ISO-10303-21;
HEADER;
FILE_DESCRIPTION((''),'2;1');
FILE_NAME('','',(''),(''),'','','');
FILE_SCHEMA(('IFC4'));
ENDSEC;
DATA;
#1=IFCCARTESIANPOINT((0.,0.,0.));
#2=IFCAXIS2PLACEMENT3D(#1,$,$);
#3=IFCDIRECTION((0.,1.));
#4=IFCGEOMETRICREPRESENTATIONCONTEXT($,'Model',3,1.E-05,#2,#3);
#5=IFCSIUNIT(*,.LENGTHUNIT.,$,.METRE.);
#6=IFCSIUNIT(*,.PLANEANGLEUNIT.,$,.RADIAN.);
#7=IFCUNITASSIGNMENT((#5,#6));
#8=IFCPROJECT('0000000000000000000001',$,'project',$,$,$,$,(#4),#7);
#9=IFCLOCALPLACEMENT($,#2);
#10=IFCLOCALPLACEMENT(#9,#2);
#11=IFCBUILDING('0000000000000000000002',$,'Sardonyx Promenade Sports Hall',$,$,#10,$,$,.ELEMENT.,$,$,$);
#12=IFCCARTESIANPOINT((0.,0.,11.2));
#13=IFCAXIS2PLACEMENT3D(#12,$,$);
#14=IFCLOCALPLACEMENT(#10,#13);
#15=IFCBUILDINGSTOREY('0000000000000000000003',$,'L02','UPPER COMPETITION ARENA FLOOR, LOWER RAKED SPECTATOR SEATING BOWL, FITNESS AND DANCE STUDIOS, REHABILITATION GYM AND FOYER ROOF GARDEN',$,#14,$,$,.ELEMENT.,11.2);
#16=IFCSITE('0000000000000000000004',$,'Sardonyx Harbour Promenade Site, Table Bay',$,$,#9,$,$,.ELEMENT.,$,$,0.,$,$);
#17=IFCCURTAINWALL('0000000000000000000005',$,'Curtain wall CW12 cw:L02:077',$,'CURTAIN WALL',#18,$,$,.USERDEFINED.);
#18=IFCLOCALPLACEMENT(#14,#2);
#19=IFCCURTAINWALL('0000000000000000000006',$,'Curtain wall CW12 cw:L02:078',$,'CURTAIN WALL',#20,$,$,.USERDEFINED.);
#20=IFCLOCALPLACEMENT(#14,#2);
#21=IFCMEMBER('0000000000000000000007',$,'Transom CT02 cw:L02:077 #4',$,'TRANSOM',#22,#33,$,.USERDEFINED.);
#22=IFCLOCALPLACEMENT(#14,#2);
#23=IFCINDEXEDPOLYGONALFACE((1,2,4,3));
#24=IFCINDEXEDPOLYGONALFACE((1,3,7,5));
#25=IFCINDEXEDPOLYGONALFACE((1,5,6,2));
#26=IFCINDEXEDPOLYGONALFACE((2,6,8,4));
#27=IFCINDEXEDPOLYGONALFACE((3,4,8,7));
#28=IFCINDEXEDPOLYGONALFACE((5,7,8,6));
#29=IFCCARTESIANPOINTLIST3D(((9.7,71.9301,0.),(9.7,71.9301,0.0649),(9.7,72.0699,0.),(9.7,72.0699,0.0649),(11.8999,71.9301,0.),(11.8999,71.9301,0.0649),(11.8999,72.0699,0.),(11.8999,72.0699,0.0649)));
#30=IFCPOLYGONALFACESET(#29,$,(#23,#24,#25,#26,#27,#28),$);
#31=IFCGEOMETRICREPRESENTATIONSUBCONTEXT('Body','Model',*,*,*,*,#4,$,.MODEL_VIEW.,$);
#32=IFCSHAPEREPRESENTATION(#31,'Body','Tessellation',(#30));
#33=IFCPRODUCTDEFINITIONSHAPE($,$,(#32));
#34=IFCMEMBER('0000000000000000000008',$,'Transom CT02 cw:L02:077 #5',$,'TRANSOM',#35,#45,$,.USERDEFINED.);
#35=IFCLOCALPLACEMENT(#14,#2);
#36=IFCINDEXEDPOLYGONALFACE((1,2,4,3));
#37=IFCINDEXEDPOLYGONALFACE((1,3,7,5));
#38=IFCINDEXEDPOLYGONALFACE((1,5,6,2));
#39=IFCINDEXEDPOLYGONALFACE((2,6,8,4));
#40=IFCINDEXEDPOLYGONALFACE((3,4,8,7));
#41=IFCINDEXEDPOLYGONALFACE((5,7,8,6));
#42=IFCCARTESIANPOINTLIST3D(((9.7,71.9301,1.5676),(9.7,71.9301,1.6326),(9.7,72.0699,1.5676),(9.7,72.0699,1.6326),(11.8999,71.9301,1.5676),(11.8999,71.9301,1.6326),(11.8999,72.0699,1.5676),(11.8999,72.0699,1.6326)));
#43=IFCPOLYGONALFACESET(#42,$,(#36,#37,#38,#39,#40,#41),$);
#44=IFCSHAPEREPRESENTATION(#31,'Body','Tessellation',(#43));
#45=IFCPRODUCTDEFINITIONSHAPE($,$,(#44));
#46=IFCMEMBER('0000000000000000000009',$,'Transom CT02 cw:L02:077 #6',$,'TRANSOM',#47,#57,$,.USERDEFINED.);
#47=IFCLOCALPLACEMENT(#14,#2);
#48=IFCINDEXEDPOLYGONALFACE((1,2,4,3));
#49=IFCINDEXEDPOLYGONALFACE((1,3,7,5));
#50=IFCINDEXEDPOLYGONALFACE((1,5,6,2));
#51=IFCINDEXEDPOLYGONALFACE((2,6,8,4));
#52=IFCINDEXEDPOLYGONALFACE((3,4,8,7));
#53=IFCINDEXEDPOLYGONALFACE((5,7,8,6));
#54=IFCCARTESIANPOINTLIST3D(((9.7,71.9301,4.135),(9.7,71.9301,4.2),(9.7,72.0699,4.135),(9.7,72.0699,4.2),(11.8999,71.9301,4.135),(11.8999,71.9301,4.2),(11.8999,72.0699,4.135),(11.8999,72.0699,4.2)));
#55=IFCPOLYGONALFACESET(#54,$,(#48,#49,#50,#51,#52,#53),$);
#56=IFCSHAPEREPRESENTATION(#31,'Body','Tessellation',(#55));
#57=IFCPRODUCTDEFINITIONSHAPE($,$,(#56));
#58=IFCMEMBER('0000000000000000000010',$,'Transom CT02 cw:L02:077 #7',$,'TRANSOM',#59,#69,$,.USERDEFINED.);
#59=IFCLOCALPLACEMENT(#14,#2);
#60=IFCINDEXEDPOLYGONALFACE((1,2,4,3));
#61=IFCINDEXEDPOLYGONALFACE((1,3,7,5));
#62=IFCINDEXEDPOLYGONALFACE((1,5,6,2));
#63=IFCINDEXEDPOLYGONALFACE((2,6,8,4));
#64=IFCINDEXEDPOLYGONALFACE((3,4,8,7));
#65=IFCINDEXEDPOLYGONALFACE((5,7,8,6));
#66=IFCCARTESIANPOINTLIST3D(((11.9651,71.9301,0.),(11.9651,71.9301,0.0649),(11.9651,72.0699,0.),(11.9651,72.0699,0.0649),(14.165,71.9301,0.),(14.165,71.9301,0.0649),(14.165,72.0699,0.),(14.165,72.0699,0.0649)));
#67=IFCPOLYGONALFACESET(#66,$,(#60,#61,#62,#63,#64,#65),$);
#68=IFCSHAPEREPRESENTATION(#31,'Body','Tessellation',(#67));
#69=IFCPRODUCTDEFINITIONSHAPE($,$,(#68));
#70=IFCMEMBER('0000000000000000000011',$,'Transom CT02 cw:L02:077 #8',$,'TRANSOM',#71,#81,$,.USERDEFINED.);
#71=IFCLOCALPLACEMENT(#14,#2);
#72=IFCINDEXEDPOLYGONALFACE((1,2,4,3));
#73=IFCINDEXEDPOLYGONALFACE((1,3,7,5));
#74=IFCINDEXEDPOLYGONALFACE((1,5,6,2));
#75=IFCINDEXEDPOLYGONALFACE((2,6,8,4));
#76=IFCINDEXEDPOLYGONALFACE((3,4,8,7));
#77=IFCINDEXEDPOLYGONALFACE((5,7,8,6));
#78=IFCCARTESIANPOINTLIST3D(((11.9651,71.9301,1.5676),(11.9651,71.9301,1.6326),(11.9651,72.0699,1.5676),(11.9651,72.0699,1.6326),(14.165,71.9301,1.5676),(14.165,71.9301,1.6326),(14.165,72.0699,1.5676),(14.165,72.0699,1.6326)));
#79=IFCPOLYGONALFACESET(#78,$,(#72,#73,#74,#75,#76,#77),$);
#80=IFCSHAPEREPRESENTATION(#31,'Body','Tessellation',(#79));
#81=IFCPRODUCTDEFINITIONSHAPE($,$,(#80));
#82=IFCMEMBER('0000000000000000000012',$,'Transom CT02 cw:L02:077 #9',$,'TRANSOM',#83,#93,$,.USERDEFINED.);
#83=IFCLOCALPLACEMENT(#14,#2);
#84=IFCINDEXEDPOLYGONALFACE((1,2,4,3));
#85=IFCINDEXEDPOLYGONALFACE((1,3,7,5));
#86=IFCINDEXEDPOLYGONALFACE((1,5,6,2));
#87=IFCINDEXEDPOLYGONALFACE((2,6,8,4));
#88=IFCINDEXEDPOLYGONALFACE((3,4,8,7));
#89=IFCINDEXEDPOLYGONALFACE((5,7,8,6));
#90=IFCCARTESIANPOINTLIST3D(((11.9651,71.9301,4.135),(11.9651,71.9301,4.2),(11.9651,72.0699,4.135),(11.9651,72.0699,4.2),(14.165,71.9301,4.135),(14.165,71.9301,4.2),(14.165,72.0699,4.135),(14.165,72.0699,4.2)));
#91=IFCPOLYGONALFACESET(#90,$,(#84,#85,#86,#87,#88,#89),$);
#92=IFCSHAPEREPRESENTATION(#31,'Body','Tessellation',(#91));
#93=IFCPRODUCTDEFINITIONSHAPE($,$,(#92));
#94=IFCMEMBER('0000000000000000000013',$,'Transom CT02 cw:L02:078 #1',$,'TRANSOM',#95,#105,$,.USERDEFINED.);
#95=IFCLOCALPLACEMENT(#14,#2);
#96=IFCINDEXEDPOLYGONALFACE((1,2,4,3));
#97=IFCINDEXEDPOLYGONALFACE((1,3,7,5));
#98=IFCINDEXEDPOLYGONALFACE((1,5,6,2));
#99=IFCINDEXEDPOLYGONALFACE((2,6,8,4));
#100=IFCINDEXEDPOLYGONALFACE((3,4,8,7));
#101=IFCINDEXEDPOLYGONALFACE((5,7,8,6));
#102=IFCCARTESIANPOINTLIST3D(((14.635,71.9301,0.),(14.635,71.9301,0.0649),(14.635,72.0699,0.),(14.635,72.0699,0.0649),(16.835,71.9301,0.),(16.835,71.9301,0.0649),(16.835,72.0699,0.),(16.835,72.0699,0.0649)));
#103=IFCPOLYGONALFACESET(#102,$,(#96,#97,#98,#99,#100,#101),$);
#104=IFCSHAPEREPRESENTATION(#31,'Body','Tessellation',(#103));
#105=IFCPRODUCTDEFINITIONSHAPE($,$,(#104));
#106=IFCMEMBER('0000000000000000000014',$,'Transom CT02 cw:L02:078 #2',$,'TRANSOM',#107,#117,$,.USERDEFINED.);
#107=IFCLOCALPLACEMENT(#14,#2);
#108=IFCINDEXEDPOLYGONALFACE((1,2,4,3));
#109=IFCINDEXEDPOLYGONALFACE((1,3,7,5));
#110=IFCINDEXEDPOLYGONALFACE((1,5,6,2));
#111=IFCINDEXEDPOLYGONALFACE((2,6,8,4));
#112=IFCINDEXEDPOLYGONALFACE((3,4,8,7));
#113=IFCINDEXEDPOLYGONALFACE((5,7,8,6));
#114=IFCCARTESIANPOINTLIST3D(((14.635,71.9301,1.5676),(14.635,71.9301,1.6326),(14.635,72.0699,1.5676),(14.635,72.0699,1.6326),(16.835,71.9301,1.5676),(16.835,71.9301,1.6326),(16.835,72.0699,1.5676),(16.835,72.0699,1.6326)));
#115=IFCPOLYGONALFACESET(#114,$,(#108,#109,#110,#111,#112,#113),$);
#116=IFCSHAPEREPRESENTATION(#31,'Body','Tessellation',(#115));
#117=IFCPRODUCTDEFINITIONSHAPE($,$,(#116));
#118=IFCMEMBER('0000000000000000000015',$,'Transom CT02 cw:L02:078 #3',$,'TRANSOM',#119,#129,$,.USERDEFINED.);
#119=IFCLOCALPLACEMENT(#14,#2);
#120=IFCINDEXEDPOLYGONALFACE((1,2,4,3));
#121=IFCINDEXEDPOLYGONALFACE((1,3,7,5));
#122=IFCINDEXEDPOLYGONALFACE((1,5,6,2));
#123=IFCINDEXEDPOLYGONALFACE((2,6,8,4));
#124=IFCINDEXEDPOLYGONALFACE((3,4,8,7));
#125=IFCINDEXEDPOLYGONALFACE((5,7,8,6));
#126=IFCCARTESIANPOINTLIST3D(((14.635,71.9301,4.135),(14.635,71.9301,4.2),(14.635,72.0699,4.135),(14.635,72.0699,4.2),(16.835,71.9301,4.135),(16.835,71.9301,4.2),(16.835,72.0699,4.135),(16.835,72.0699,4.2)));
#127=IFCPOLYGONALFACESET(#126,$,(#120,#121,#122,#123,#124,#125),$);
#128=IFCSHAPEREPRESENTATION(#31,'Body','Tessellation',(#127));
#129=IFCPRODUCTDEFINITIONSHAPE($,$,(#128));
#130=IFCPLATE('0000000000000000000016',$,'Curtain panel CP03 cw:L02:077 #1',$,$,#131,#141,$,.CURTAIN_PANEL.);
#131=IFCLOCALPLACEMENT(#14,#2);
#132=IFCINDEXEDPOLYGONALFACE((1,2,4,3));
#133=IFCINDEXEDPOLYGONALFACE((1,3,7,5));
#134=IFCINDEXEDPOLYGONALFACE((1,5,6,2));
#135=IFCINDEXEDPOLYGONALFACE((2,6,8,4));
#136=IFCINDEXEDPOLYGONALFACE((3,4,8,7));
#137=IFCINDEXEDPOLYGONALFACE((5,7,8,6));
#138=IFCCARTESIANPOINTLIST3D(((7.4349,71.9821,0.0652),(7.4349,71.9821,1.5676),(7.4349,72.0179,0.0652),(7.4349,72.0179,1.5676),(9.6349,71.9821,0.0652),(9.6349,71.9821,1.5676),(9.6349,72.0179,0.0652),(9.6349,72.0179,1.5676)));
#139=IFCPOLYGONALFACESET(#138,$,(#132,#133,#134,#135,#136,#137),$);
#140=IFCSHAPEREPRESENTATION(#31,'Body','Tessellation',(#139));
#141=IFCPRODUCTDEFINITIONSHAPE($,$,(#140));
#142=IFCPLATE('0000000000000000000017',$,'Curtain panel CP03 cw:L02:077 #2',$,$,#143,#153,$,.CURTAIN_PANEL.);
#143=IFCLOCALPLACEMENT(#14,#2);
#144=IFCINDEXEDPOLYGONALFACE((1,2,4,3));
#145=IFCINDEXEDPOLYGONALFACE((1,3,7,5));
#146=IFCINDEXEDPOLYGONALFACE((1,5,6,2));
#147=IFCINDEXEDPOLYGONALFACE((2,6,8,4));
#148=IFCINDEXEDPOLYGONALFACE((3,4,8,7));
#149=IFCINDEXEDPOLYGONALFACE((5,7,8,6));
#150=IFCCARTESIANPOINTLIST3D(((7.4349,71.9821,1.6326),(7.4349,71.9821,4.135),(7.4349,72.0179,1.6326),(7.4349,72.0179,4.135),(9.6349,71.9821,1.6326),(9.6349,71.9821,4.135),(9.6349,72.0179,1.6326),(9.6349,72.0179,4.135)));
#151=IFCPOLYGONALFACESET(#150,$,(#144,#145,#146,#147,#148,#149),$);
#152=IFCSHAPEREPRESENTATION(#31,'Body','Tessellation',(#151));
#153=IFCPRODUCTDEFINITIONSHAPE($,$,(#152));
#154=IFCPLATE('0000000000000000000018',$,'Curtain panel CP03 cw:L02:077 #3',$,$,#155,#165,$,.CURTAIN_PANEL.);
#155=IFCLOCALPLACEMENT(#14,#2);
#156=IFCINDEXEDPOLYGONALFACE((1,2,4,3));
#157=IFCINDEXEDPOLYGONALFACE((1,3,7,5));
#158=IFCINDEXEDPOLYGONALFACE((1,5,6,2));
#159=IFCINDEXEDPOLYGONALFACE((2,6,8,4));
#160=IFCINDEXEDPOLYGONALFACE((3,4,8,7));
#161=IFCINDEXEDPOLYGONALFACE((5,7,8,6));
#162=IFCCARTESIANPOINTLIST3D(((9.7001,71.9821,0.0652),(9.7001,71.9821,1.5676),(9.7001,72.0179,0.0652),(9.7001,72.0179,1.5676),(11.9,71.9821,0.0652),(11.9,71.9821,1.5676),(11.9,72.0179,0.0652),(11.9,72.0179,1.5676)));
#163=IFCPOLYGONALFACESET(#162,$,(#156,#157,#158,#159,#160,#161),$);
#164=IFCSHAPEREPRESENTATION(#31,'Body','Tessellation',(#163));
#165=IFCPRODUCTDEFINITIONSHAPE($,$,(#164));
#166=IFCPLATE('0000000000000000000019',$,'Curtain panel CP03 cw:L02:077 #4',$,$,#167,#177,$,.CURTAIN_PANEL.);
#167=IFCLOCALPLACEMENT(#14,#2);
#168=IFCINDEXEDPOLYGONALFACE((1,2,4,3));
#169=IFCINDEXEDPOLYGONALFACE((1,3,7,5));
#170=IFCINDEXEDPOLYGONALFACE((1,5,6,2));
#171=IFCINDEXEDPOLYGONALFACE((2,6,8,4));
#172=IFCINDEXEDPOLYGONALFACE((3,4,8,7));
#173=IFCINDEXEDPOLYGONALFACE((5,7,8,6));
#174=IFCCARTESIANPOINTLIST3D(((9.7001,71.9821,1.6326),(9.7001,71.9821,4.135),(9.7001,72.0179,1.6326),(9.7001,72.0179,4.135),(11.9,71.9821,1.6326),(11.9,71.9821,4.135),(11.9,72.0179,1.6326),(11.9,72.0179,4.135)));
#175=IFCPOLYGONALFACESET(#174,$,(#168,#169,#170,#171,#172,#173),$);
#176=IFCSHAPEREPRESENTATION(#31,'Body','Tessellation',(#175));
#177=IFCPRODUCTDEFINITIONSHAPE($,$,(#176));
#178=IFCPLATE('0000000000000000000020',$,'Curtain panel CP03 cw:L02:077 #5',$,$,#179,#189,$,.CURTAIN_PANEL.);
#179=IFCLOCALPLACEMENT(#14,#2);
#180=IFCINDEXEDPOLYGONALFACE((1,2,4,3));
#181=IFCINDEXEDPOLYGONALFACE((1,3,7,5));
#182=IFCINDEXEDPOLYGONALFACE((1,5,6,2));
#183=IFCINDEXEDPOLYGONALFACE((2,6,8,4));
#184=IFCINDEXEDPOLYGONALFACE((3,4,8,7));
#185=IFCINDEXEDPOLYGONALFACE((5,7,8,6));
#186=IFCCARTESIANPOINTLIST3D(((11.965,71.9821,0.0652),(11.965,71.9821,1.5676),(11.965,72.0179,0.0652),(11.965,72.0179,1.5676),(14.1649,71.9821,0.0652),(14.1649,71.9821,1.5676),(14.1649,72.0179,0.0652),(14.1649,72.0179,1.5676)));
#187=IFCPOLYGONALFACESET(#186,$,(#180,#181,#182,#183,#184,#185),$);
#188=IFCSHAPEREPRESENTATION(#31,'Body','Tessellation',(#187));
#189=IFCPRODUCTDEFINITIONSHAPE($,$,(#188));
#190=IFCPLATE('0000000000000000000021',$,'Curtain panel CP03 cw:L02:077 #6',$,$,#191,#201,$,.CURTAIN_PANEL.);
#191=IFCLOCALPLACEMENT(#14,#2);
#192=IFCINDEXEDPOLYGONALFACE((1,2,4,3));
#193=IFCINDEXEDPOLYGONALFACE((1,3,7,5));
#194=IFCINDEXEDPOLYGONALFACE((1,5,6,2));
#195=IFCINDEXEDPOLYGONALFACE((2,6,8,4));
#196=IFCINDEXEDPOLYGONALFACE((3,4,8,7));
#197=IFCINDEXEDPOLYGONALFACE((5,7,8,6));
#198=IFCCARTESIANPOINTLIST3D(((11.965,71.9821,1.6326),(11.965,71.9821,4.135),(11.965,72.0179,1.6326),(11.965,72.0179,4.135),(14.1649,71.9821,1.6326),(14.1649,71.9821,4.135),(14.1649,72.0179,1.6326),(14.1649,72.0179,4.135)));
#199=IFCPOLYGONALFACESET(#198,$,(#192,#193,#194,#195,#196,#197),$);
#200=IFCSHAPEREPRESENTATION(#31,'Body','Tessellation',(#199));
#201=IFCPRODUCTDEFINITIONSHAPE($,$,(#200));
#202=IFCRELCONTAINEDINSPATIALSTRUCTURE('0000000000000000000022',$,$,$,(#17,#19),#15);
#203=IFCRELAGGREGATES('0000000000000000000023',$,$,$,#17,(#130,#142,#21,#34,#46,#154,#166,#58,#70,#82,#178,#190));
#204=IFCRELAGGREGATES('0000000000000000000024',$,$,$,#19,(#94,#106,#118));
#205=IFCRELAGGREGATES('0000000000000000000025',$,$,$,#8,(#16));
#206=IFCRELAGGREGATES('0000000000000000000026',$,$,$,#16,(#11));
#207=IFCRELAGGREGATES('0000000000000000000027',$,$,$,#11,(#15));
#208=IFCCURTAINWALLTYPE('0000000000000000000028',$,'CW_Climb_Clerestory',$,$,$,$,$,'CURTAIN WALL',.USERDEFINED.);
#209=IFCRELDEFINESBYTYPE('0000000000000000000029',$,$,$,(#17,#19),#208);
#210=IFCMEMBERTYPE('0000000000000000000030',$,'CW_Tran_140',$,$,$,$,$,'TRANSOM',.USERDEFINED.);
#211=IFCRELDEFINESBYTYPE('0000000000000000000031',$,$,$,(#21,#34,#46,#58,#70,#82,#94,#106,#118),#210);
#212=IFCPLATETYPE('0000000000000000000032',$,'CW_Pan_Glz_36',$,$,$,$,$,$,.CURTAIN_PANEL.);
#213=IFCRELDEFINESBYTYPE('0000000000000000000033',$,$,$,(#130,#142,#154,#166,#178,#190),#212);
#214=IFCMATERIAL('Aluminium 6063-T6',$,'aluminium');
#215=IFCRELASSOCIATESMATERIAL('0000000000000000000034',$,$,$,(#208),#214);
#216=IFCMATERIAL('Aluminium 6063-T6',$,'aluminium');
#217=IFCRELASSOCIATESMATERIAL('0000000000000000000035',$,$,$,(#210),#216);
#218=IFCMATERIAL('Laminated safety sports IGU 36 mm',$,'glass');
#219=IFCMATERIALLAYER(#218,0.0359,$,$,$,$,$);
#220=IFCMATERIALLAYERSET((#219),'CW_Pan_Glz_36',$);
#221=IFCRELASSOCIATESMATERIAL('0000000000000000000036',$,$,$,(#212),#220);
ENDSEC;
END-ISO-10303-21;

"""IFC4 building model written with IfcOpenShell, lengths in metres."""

from ifc_helpers import new_model, si_unit, direction, frame, origin, origin_2d, place, context, subcontext, project, spatial, rectangle, extrude, material, layer, layer_set, material_profile, profile_set, type_object, element, aggregate, save


model = new_model("IFC4")

# Units and contexts
model_context = context("Model", 3, precision=1e-05, world=origin(), true_north=direction((0.0, 1.0)))
body_context = subcontext(model_context, "Body", "Model", "MODEL_VIEW")
ifc_project = project(units=[si_unit("LENGTHUNIT", "METRE"), si_unit("PLANEANGLEUNIT", "RADIAN")], contexts=[model_context])

# Site, building, storey
site_placement = place(None, origin())
site = spatial("IfcSite", under=ifc_project, at=site_placement, Name="Sardonyx Harbour Promenade Site, Table Bay", CompositionType="ELEMENT", RefElevation=0.0)
building_placement = place(site_placement, origin())
building = spatial("IfcBuilding", under=site, at=building_placement, Name="Sardonyx Promenade Sports Hall", CompositionType="ELEMENT")
storey_placement = place(building_placement, frame((0.0, 0.0, 11.2)))
storey = spatial("IfcBuildingStorey", under=building, at=storey_placement, Name="L02", Description="UPPER COMPETITION ARENA FLOOR, LOWER RAKED SPECTATOR SEATING BOWL, FITNESS AND DANCE STUDIOS, REHABILITATION GYM AND FOYER ROOF GARDEN", CompositionType="ELEMENT", Elevation=11.2)

# Curtain walls
ifc_material_1 = material(Name="Aluminium 6063-T6", Category="aluminium")
curtain_wall_type = type_object("IfcCurtainWallType", Name="CW_Climb_Clerestory", ElementType="CURTAIN WALL", PredefinedType="USERDEFINED", material=ifc_material_1)
curtain_wall_1_placement = place(storey_placement, origin())
curtain_wall_1 = element("IfcCurtainWall", 1, at=curtain_wall_1_placement, inside=storey, type_object=curtain_wall_type, Name="Curtain wall CW12 cw:L02:077", ObjectType="CURTAIN WALL", PredefinedType="USERDEFINED")
curtain_wall_2_placement = place(storey_placement, origin())
curtain_wall_2 = element("IfcCurtainWall", 2, at=curtain_wall_2_placement, inside=storey, type_object=curtain_wall_type, Name="Curtain wall CW12 cw:L02:078", ObjectType="CURTAIN WALL", PredefinedType="USERDEFINED")

# Members
ifc_material_2 = material(Name="Aluminium 6063-T6", Category="aluminium")
ifc_material_profile_1 = material_profile(ifc_material_2, rectangle(XDim=0.0649, YDim=0.1399, at=origin_2d()))
ifc_profile_set_1 = profile_set([ifc_material_profile_1], Name="Aluminium 6063-T6")
member_type_1 = type_object("IfcMemberType", Name="CW_Tran_140", ElementType="TRANSOM", PredefinedType="USERDEFINED", material=ifc_profile_set_1)
member_1_placement = place(storey_placement, frame((9.7, 72.0, 0.0325), z_axis=(1.0, 0.0, 0.0), x_axis=(0.0, 0.0, 1.0)))
member_1 = element("IfcMember", 3, at=member_1_placement, type_object=member_type_1, Name="Transom CT02 cw:L02:077 #4", ObjectType="TRANSOM", PredefinedType="USERDEFINED", context=body_context, shape_type="SweptSolid", body=[
    extrude(rectangle(XDim=0.0649, YDim=0.1399, at=origin_2d()), origin(), (0.0, 0.0, 1.0), 2.2),
])
member_2_placement = place(storey_placement, frame((9.7, 72.0, 1.6001), z_axis=(1.0, 0.0, 0.0), x_axis=(0.0, 0.0, 1.0)))
member_2 = element("IfcMember", 4, at=member_2_placement, type_object=member_type_1, Name="Transom CT02 cw:L02:077 #5", ObjectType="TRANSOM", PredefinedType="USERDEFINED", context=body_context, shape_type="SweptSolid", body=[
    extrude(rectangle(XDim=0.0649, YDim=0.1399, at=origin_2d()), origin(), (0.0, 0.0, 1.0), 2.2),
])
member_3_placement = place(storey_placement, frame((9.7, 72.0, 4.1675), z_axis=(1.0, 0.0, 0.0), x_axis=(0.0, 0.0, 1.0)))
member_3 = element("IfcMember", 5, at=member_3_placement, type_object=member_type_1, Name="Transom CT02 cw:L02:077 #6", ObjectType="TRANSOM", PredefinedType="USERDEFINED", context=body_context, shape_type="SweptSolid", body=[
    extrude(rectangle(XDim=0.0649, YDim=0.1399, at=origin_2d()), origin(), (0.0, 0.0, 1.0), 2.2),
])
member_4_placement = place(storey_placement, frame((11.9651, 72.0, 0.0325), z_axis=(1.0, 0.0, 0.0), x_axis=(0.0, 0.0, 1.0)))
member_4 = element("IfcMember", 6, at=member_4_placement, type_object=member_type_1, Name="Transom CT02 cw:L02:077 #7", ObjectType="TRANSOM", PredefinedType="USERDEFINED", context=body_context, shape_type="SweptSolid", body=[
    extrude(rectangle(XDim=0.0649, YDim=0.1399, at=origin_2d()), origin(), (0.0, 0.0, 1.0), 2.2),
])
member_5_placement = place(storey_placement, frame((11.9651, 72.0, 1.6001), z_axis=(1.0, 0.0, 0.0), x_axis=(0.0, 0.0, 1.0)))
member_5 = element("IfcMember", 7, at=member_5_placement, type_object=member_type_1, Name="Transom CT02 cw:L02:077 #8", ObjectType="TRANSOM", PredefinedType="USERDEFINED", context=body_context, shape_type="SweptSolid", body=[
    extrude(rectangle(XDim=0.0649, YDim=0.1399, at=origin_2d()), origin(), (0.0, 0.0, 1.0), 2.2),
])
member_6_placement = place(storey_placement, frame((11.9651, 72.0, 4.1675), z_axis=(1.0, 0.0, 0.0), x_axis=(0.0, 0.0, 1.0)))
member_6 = element("IfcMember", 8, at=member_6_placement, type_object=member_type_1, Name="Transom CT02 cw:L02:077 #9", ObjectType="TRANSOM", PredefinedType="USERDEFINED", context=body_context, shape_type="SweptSolid", body=[
    extrude(rectangle(XDim=0.0649, YDim=0.1399, at=origin_2d()), origin(), (0.0, 0.0, 1.0), 2.2),
])
member_7_placement = place(storey_placement, frame((14.635, 72.0, 0.0325), z_axis=(1.0, 0.0, 0.0), x_axis=(0.0, 0.0, 1.0)))
member_7 = element("IfcMember", 9, at=member_7_placement, type_object=member_type_1, Name="Transom CT02 cw:L02:078 #1", ObjectType="TRANSOM", PredefinedType="USERDEFINED", context=body_context, shape_type="SweptSolid", body=[
    extrude(rectangle(XDim=0.0649, YDim=0.1399, at=origin_2d()), origin(), (0.0, 0.0, 1.0), 2.2),
])
member_8_placement = place(storey_placement, frame((14.635, 72.0, 1.6001), z_axis=(1.0, 0.0, 0.0), x_axis=(0.0, 0.0, 1.0)))
member_8 = element("IfcMember", 10, at=member_8_placement, type_object=member_type_1, Name="Transom CT02 cw:L02:078 #2", ObjectType="TRANSOM", PredefinedType="USERDEFINED", context=body_context, shape_type="SweptSolid", body=[
    extrude(rectangle(XDim=0.0649, YDim=0.1399, at=origin_2d()), origin(), (0.0, 0.0, 1.0), 2.2),
])
member_9_placement = place(storey_placement, frame((14.635, 72.0, 4.1675), z_axis=(1.0, 0.0, 0.0), x_axis=(0.0, 0.0, 1.0)))
member_9 = element("IfcMember", 11, at=member_9_placement, type_object=member_type_1, Name="Transom CT02 cw:L02:078 #3", ObjectType="TRANSOM", PredefinedType="USERDEFINED", context=body_context, shape_type="SweptSolid", body=[
    extrude(rectangle(XDim=0.0649, YDim=0.1399, at=origin_2d()), origin(), (0.0, 0.0, 1.0), 2.2),
])

# Plates
ifc_material_3 = material(Name="Laminated safety sports IGU 36 mm", Category="glass")
ifc_layer = layer(ifc_material_3, 0.0359)
ifc_layer_set = layer_set([ifc_layer], Name="CW_Pan_Glz_36")
plate_type = type_object("IfcPlateType", Name="CW_Pan_Glz_36", PredefinedType="CURTAIN_PANEL", material=ifc_layer_set)
plate_1_placement = place(storey_placement, frame((8.5349, 72.0, 0.0652), z_axis=(0.0, 0.0, 1.0), x_axis=(1.0, 0.0, 0.0)))
plate_1 = element("IfcPlate", 12, at=plate_1_placement, type_object=plate_type, Name="Curtain panel CP03 cw:L02:077 #1", PredefinedType="CURTAIN_PANEL", context=body_context, shape_type="SweptSolid", body=[
    extrude(rectangle(XDim=2.2, YDim=0.0359, at=origin_2d()), origin(), (0.0, 0.0, 1.0), 1.5024),
])
plate_2_placement = place(storey_placement, frame((8.5349, 72.0, 1.6326), z_axis=(0.0, 0.0, 1.0), x_axis=(1.0, 0.0, 0.0)))
plate_2 = element("IfcPlate", 13, at=plate_2_placement, type_object=plate_type, Name="Curtain panel CP03 cw:L02:077 #2", PredefinedType="CURTAIN_PANEL", context=body_context, shape_type="SweptSolid", body=[
    extrude(rectangle(XDim=2.2, YDim=0.0359, at=origin_2d()), origin(), (0.0, 0.0, 1.0), 2.5024),
])
plate_3_placement = place(storey_placement, frame((10.8, 72.0, 0.0652), z_axis=(0.0, 0.0, 1.0), x_axis=(1.0, 0.0, 0.0)))
plate_3 = element("IfcPlate", 14, at=plate_3_placement, type_object=plate_type, Name="Curtain panel CP03 cw:L02:077 #3", PredefinedType="CURTAIN_PANEL", context=body_context, shape_type="SweptSolid", body=[
    extrude(rectangle(XDim=2.2, YDim=0.0359, at=origin_2d()), origin(), (0.0, 0.0, 1.0), 1.5024),
])
plate_4_placement = place(storey_placement, frame((10.8, 72.0, 1.6326), z_axis=(0.0, 0.0, 1.0), x_axis=(1.0, 0.0, 0.0)))
plate_4 = element("IfcPlate", 15, at=plate_4_placement, type_object=plate_type, Name="Curtain panel CP03 cw:L02:077 #4", PredefinedType="CURTAIN_PANEL", context=body_context, shape_type="SweptSolid", body=[
    extrude(rectangle(XDim=2.2, YDim=0.0359, at=origin_2d()), origin(), (0.0, 0.0, 1.0), 2.5024),
])
plate_5_placement = place(storey_placement, frame((13.0649, 72.0, 0.0652), z_axis=(0.0, 0.0, 1.0), x_axis=(1.0, 0.0, 0.0)))
plate_5 = element("IfcPlate", 16, at=plate_5_placement, type_object=plate_type, Name="Curtain panel CP03 cw:L02:077 #5", PredefinedType="CURTAIN_PANEL", context=body_context, shape_type="SweptSolid", body=[
    extrude(rectangle(XDim=2.2, YDim=0.0359, at=origin_2d()), origin(), (0.0, 0.0, 1.0), 1.5024),
])
plate_6_placement = place(storey_placement, frame((13.0649, 72.0, 1.6326), z_axis=(0.0, 0.0, 1.0), x_axis=(1.0, 0.0, 0.0)))
plate_6 = element("IfcPlate", 17, at=plate_6_placement, type_object=plate_type, Name="Curtain panel CP03 cw:L02:077 #6", PredefinedType="CURTAIN_PANEL", context=body_context, shape_type="SweptSolid", body=[
    extrude(rectangle(XDim=2.2, YDim=0.0359, at=origin_2d()), origin(), (0.0, 0.0, 1.0), 2.5024),
])
aggregate(curtain_wall_1, [plate_1, plate_2, member_1, member_2, member_3, plate_3, plate_4, member_4, member_5, member_6, plate_5, plate_6])
aggregate(curtain_wall_2, [member_7, member_8, member_9])

save(model, "model.ifc")
